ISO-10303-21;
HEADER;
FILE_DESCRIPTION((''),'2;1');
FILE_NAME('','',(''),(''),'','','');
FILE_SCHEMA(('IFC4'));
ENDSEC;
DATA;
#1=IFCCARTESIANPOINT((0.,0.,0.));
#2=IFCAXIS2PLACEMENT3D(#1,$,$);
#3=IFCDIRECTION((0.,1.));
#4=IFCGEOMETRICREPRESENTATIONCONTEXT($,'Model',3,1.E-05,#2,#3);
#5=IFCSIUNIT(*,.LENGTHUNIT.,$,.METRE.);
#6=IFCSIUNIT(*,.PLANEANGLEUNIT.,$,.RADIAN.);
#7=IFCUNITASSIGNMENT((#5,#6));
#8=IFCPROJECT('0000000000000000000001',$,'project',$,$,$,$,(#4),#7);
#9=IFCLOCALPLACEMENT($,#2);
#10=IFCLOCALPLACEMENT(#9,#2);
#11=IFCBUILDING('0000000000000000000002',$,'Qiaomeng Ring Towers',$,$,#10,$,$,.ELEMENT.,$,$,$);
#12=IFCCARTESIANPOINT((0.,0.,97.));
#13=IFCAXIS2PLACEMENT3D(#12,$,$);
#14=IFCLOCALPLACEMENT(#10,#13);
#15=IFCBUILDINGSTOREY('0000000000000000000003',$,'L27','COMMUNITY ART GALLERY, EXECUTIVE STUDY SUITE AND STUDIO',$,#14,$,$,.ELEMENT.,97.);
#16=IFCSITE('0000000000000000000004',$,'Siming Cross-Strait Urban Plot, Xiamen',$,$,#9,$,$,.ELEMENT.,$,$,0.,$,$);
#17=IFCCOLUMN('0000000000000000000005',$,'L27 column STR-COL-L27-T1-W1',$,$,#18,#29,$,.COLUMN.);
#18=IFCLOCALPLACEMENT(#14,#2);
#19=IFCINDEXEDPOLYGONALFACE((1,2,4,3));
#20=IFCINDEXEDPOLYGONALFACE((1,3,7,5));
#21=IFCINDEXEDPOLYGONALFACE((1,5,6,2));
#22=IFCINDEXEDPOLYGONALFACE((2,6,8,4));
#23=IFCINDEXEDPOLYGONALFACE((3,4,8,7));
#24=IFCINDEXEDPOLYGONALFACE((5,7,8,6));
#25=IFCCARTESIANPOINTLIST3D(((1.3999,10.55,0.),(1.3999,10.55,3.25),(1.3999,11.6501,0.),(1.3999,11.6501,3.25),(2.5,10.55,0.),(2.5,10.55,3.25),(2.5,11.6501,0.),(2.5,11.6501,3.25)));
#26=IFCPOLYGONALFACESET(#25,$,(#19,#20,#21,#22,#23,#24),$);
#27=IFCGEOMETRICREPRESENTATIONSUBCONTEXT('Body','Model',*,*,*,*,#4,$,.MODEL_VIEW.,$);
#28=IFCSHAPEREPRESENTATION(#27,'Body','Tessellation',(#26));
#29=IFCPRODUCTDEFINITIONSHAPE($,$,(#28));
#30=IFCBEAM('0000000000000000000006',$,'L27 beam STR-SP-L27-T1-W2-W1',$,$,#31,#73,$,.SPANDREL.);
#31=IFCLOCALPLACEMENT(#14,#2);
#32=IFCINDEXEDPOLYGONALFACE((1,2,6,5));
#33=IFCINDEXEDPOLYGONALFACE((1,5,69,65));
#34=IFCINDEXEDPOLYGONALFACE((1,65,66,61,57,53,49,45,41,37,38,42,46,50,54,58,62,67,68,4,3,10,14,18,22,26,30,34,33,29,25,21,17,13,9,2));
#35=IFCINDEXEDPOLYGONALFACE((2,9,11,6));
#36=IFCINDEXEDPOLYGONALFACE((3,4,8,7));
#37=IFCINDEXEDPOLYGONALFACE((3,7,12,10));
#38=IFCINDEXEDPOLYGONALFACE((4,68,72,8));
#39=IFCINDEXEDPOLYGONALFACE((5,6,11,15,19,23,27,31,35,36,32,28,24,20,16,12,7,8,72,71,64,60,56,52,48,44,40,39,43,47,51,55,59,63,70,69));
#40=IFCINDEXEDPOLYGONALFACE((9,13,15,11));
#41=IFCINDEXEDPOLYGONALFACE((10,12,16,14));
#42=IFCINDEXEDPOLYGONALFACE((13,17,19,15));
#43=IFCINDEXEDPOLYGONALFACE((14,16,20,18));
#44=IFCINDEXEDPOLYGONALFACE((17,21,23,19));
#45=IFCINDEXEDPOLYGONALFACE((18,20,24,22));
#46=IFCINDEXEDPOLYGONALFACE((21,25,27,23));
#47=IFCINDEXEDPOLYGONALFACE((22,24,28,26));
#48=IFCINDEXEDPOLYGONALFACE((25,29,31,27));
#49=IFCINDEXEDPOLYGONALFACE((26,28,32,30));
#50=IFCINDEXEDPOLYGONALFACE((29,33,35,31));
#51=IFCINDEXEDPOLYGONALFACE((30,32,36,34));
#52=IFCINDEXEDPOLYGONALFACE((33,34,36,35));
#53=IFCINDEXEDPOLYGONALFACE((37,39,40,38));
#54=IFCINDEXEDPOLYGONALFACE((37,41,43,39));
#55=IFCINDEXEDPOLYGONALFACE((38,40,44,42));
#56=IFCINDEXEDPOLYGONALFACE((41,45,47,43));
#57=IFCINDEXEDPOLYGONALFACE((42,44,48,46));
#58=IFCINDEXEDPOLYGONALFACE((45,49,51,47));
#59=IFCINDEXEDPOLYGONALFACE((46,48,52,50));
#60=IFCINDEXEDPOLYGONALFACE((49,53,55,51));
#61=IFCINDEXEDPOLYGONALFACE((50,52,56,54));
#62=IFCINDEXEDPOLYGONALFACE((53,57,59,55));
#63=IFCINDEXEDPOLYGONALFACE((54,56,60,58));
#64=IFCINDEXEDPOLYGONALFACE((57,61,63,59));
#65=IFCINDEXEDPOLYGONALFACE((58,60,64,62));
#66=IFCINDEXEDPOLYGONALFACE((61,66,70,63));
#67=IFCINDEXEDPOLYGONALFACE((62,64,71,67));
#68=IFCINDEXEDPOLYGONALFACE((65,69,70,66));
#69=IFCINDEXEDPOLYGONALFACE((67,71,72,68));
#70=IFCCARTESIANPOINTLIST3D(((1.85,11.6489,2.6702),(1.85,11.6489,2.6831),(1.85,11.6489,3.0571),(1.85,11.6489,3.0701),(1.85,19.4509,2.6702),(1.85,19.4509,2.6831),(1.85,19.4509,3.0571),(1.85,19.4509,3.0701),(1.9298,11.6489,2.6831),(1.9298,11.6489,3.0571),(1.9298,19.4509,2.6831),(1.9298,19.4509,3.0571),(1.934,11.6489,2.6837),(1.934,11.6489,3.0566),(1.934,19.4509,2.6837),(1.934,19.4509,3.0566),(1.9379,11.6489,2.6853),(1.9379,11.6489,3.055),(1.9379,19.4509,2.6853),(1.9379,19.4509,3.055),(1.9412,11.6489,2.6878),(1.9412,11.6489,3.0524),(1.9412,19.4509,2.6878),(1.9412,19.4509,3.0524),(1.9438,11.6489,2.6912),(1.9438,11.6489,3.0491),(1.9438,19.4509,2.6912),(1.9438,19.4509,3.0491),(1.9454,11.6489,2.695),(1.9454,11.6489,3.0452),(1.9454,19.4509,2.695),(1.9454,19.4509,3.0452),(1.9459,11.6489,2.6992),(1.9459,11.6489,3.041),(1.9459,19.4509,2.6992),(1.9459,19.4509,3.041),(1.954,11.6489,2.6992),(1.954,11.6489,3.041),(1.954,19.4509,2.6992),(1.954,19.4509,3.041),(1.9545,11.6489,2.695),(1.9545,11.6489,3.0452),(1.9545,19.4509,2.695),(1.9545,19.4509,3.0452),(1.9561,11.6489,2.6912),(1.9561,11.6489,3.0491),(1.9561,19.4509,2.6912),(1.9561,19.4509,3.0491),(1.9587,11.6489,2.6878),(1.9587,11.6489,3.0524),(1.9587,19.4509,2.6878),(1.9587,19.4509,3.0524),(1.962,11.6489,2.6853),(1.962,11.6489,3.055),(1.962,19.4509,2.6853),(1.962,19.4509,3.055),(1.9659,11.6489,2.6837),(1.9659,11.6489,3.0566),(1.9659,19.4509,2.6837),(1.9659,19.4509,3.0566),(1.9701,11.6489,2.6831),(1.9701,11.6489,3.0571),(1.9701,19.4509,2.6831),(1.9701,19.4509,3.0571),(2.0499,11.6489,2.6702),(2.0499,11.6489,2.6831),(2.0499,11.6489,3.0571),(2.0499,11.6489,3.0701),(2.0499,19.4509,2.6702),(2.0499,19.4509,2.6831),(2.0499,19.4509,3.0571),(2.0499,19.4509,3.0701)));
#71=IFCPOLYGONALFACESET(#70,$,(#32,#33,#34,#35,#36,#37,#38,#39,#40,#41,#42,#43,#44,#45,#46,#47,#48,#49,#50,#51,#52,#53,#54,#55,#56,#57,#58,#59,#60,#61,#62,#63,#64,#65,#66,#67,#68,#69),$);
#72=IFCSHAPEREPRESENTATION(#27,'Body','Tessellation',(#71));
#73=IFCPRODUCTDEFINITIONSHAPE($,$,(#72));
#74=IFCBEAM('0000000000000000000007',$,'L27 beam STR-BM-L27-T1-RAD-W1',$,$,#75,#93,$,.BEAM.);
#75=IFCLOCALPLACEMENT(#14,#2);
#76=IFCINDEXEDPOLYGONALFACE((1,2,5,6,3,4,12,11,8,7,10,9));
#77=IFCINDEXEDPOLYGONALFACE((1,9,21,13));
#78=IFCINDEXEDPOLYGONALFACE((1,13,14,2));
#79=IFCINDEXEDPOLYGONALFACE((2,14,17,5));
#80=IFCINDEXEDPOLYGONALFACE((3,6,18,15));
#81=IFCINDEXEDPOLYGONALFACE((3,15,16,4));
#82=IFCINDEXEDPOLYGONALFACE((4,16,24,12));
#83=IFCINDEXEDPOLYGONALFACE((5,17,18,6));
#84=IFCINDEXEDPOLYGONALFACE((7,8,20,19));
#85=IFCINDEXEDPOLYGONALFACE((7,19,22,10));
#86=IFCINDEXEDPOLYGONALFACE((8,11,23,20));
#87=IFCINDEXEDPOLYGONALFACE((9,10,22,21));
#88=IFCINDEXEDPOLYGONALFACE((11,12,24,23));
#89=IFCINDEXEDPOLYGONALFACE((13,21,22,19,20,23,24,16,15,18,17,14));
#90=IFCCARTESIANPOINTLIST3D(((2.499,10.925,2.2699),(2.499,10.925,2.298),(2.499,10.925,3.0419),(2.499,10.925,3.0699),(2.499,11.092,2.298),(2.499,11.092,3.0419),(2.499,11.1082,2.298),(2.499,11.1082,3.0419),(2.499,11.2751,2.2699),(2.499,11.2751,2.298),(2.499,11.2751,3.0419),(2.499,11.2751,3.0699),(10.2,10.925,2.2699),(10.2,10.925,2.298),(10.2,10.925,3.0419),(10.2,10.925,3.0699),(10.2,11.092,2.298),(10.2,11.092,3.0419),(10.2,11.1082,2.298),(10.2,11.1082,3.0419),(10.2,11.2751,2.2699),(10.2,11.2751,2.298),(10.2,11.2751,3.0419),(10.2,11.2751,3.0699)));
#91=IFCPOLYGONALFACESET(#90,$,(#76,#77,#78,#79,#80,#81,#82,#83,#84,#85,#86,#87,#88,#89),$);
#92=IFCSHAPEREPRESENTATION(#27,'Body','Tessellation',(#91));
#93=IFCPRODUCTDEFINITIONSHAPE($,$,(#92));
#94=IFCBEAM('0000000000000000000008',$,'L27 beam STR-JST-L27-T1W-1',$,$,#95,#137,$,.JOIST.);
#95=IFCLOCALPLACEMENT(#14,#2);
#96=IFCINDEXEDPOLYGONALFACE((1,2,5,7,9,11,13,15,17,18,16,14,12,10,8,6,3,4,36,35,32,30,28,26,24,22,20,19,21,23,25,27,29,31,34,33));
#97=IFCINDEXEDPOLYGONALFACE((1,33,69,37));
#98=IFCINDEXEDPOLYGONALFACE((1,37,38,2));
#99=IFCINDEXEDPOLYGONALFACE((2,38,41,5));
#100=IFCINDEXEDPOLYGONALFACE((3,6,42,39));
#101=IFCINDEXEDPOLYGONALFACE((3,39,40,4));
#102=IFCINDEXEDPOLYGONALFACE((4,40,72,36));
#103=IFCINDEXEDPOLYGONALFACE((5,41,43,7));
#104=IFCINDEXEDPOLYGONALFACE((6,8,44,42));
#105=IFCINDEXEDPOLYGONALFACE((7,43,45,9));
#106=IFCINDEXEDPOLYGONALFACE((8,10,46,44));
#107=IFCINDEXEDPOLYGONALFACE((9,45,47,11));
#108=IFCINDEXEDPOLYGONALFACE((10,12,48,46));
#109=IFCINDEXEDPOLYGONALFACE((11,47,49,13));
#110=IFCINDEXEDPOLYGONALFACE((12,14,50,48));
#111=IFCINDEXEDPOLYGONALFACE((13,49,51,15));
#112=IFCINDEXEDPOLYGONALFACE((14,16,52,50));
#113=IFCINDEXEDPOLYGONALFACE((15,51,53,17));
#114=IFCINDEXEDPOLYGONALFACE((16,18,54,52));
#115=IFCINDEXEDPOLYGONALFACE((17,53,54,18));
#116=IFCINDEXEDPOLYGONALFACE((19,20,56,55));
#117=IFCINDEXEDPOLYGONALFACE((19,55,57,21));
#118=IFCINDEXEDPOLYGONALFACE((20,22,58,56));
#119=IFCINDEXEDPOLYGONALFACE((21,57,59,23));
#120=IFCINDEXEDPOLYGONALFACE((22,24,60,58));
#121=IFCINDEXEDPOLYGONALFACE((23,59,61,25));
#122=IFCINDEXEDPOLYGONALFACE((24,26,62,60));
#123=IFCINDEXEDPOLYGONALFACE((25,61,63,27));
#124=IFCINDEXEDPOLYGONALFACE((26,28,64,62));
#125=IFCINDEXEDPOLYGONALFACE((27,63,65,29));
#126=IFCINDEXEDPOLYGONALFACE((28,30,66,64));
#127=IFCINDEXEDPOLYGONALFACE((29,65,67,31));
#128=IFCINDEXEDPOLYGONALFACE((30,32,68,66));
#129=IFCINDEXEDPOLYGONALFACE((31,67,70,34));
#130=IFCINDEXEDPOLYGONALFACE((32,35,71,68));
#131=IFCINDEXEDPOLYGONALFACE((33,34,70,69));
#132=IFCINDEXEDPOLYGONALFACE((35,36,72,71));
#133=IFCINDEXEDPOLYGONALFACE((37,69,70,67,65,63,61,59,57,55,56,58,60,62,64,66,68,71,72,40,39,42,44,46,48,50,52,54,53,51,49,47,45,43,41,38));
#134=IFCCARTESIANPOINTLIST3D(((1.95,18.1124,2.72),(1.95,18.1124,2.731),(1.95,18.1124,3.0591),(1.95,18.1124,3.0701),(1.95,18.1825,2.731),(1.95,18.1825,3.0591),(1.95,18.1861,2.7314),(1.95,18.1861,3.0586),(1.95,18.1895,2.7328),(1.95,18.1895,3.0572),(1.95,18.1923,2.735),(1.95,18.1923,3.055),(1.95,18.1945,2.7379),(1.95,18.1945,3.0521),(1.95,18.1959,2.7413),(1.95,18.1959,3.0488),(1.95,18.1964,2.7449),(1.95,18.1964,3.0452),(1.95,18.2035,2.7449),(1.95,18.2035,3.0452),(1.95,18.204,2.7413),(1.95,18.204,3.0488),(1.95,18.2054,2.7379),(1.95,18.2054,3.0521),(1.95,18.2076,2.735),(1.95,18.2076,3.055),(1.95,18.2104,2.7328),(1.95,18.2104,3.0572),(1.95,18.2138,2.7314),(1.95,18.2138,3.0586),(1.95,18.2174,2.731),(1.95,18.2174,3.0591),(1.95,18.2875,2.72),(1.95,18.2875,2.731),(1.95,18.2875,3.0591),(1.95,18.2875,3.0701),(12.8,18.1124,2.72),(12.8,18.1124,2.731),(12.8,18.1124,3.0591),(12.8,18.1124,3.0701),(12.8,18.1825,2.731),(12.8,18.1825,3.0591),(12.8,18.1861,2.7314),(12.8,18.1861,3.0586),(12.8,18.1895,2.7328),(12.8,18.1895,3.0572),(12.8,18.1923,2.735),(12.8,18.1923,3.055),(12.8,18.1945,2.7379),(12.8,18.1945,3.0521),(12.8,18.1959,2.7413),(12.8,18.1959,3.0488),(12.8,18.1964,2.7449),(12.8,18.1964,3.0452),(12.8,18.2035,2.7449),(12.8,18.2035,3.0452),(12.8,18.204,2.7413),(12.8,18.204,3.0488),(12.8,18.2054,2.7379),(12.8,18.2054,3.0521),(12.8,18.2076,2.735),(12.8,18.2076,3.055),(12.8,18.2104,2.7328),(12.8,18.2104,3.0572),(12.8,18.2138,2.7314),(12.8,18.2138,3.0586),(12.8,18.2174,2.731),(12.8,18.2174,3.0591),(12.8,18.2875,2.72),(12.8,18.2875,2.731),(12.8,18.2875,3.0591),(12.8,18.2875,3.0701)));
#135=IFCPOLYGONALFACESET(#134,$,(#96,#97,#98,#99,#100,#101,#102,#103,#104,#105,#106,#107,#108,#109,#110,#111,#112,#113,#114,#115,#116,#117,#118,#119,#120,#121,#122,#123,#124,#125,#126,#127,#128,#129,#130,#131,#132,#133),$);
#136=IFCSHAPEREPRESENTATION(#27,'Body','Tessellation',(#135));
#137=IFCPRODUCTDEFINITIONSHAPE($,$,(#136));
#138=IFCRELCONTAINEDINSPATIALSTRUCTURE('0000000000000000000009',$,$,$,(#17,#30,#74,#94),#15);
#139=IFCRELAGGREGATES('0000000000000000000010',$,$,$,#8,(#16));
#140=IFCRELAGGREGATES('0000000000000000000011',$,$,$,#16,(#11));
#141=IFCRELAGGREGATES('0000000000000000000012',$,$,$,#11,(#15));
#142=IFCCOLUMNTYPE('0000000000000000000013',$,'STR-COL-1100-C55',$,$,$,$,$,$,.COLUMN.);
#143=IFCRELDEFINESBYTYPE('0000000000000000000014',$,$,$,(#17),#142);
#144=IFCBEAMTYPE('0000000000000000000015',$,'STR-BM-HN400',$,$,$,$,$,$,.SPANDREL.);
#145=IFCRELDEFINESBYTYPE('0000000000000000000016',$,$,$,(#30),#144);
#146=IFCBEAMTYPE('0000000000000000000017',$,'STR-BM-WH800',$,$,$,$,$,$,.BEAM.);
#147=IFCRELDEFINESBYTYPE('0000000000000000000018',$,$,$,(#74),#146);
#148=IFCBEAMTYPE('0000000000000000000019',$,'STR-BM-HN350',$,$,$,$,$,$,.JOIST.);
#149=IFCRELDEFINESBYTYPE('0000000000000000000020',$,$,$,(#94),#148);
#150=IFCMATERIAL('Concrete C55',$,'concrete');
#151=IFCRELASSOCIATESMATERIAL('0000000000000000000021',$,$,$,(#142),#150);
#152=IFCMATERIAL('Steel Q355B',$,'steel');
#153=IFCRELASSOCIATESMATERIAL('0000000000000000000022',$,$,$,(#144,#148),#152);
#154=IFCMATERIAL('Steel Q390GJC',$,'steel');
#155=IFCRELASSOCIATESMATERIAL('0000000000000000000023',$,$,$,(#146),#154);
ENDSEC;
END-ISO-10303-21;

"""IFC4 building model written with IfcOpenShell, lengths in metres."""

from ifc_helpers import new_model, si_unit, direction, frame, origin, origin_2d, place, context, subcontext, project, spatial, rectangle, i_section, extrude, source, transform, mapped, material, material_profile, profile_set, type_object, element, save


model = new_model("IFC4")

# Units and contexts
model_context = context("Model", 3, precision=1e-05, world=origin(), true_north=direction((0.0, 1.0)))
body_context = subcontext(model_context, "Body", "Model", "MODEL_VIEW")
ifc_project = project(units=[si_unit("LENGTHUNIT", "METRE"), si_unit("PLANEANGLEUNIT", "RADIAN")], contexts=[model_context])

# Site, building, storey
site_placement = place(None, origin())
site = spatial("IfcSite", under=ifc_project, at=site_placement, Name="Siming Cross-Strait Urban Plot, Xiamen", CompositionType="ELEMENT", RefElevation=0.0)
building_placement = place(site_placement, origin())
building = spatial("IfcBuilding", under=site, at=building_placement, Name="Qiaomeng Ring Towers", CompositionType="ELEMENT")
storey_placement = place(building_placement, frame((0.0, 0.0, 97.0)))
storey = spatial("IfcBuildingStorey", under=building, at=storey_placement, Name="L27", Description="COMMUNITY ART GALLERY, EXECUTIVE STUDY SUITE AND STUDIO", CompositionType="ELEMENT", Elevation=97.0)

# Column
ifc_material_1 = material(Name="Concrete C55", Category="concrete")
ifc_material_profile_1 = material_profile(ifc_material_1, rectangle(XDim=1.1001, YDim=1.1001, at=origin_2d()), Name="RC COL 1100x1100")
ifc_profile_set_1 = profile_set([ifc_material_profile_1], Name="Concrete C55")
column_type = type_object("IfcColumnType", Name="STR-COL-1100-C55", PredefinedType="COLUMN", material=ifc_profile_set_1)
shared_shape_1 = source(origin(), body_context, "Body", "SweptSolid", [
    extrude(rectangle(XDim=1.1001, YDim=1.1001, at=origin_2d()), origin(), (0.0, 0.0, 1.0), 3.25),
])
column_placement = place(storey_placement, frame((1.95, 11.1001, 0.0), z_axis=(0.0, 0.0, 1.0), x_axis=(1.0, 0.0, 0.0)))
element("IfcColumn", 1, at=column_placement, inside=storey, type_object=column_type, Name="L27 column STR-COL-L27-T1-W1", PredefinedType="COLUMN", context=body_context, shape_type="MappedRepresentation", body=[
    mapped(shared_shape_1, transform((0.0, 0.0, 0.0), x_axis=(1.0, 0.0, 0.0), y_axis=(0.0, 1.0, 0.0), z_axis=(0.0, 0.0, 1.0), scale=1.0)),
])

# Beams
ifc_material_2 = material(Name="Steel Q355B", Category="steel")
ifc_material_profile_2 = material_profile(ifc_material_2, i_section(OverallWidth=0.2, OverallDepth=0.3999, WebThickness=0.0081, FlangeThickness=0.0129, FilletRadius=0.0161, at=origin_2d()), Name="HN 400x200x8x13")
ifc_profile_set_2 = profile_set([ifc_material_profile_2], Name="Steel Q355B")
beam_type_1 = type_object("IfcBeamType", Name="STR-BM-HN400", PredefinedType="SPANDREL", material=ifc_profile_set_2)
shared_shape_2 = source(origin(), body_context, "Body", "SweptSolid", [
    extrude(i_section(OverallWidth=0.2, OverallDepth=0.3999, WebThickness=0.0081, FlangeThickness=0.0129, FilletRadius=0.0161, at=origin_2d()), origin(), (0.0, 0.0, 1.0), 7.802),
])
beam_1_placement = place(storey_placement, frame((1.95, 19.4509, 2.8701), z_axis=(0.0, -1.0, 0.0), x_axis=(1.0, 0.0, 0.0)))
element("IfcBeam", 2, at=beam_1_placement, inside=storey, type_object=beam_type_1, Name="L27 beam STR-SP-L27-T1-W2-W1", PredefinedType="SPANDREL", context=body_context, shape_type="MappedRepresentation", body=[
    mapped(shared_shape_2, transform((0.0, 0.0, 0.0), x_axis=(1.0, 0.0, 0.0), y_axis=(0.0, 1.0, 0.0), z_axis=(0.0, 0.0, 1.0), scale=1.0)),
])
ifc_material_3 = material(Name="Steel Q390GJC", Category="steel")
ifc_material_profile_3 = material_profile(ifc_material_3, i_section(OverallWidth=0.3501, OverallDepth=0.8, WebThickness=0.0161, FlangeThickness=0.0281, at=origin_2d()), Name="WH 800x350x16x28")
ifc_profile_set_3 = profile_set([ifc_material_profile_3], Name="Steel Q390GJC")
beam_type_2 = type_object("IfcBeamType", Name="STR-BM-WH800", PredefinedType="BEAM", material=ifc_profile_set_3)
shared_shape_3 = source(origin(), body_context, "Body", "SweptSolid", [
    extrude(i_section(OverallWidth=0.3501, OverallDepth=0.8, WebThickness=0.0161, FlangeThickness=0.0281, at=origin_2d()), origin(), (0.0, 0.0, 1.0), 7.7009),
])
beam_2_placement = place(storey_placement, frame((2.499, 11.1001, 2.6699), z_axis=(1.0, 0.0, 0.0), x_axis=(0.0, 1.0, 0.0)))
element("IfcBeam", 3, at=beam_2_placement, inside=storey, type_object=beam_type_2, Name="L27 beam STR-BM-L27-T1-RAD-W1", PredefinedType="BEAM", context=body_context, shape_type="MappedRepresentation", body=[
    mapped(shared_shape_3, transform((0.0, 0.0, 0.0), x_axis=(1.0, 0.0, 0.0), y_axis=(0.0, 1.0, 0.0), z_axis=(0.0, 0.0, 1.0), scale=1.0)),
])
ifc_material_profile_4 = material_profile(ifc_material_2, i_section(OverallWidth=0.175, OverallDepth=0.3501, WebThickness=0.0071, FlangeThickness=0.011, FilletRadius=0.0139, at=origin_2d()), Name="HN 350x175x7x11")
ifc_profile_set_4 = profile_set([ifc_material_profile_4], Name="Steel Q355B")
beam_type_3 = type_object("IfcBeamType", Name="STR-BM-HN350", PredefinedType="JOIST", material=ifc_profile_set_4)
shared_shape_4 = source(origin(), body_context, "Body", "SweptSolid", [
    extrude(i_section(OverallWidth=0.175, OverallDepth=0.3501, WebThickness=0.0071, FlangeThickness=0.011, FilletRadius=0.0139, at=origin_2d()), origin(), (0.0, 0.0, 1.0), 10.8501),
])
beam_3_placement = place(storey_placement, frame((1.95, 18.2, 2.895), z_axis=(1.0, 0.0, 0.0), x_axis=(0.0, 1.0, 0.0)))
element("IfcBeam", 4, at=beam_3_placement, inside=storey, type_object=beam_type_3, Name="L27 beam STR-JST-L27-T1W-1", PredefinedType="JOIST", context=body_context, shape_type="MappedRepresentation", body=[
    mapped(shared_shape_4, transform((0.0, 0.0, 0.0), x_axis=(1.0, 0.0, 0.0), y_axis=(0.0, 1.0, 0.0), z_axis=(0.0, 0.0, 1.0), scale=1.0)),
])

save(model, "model.ifc")
